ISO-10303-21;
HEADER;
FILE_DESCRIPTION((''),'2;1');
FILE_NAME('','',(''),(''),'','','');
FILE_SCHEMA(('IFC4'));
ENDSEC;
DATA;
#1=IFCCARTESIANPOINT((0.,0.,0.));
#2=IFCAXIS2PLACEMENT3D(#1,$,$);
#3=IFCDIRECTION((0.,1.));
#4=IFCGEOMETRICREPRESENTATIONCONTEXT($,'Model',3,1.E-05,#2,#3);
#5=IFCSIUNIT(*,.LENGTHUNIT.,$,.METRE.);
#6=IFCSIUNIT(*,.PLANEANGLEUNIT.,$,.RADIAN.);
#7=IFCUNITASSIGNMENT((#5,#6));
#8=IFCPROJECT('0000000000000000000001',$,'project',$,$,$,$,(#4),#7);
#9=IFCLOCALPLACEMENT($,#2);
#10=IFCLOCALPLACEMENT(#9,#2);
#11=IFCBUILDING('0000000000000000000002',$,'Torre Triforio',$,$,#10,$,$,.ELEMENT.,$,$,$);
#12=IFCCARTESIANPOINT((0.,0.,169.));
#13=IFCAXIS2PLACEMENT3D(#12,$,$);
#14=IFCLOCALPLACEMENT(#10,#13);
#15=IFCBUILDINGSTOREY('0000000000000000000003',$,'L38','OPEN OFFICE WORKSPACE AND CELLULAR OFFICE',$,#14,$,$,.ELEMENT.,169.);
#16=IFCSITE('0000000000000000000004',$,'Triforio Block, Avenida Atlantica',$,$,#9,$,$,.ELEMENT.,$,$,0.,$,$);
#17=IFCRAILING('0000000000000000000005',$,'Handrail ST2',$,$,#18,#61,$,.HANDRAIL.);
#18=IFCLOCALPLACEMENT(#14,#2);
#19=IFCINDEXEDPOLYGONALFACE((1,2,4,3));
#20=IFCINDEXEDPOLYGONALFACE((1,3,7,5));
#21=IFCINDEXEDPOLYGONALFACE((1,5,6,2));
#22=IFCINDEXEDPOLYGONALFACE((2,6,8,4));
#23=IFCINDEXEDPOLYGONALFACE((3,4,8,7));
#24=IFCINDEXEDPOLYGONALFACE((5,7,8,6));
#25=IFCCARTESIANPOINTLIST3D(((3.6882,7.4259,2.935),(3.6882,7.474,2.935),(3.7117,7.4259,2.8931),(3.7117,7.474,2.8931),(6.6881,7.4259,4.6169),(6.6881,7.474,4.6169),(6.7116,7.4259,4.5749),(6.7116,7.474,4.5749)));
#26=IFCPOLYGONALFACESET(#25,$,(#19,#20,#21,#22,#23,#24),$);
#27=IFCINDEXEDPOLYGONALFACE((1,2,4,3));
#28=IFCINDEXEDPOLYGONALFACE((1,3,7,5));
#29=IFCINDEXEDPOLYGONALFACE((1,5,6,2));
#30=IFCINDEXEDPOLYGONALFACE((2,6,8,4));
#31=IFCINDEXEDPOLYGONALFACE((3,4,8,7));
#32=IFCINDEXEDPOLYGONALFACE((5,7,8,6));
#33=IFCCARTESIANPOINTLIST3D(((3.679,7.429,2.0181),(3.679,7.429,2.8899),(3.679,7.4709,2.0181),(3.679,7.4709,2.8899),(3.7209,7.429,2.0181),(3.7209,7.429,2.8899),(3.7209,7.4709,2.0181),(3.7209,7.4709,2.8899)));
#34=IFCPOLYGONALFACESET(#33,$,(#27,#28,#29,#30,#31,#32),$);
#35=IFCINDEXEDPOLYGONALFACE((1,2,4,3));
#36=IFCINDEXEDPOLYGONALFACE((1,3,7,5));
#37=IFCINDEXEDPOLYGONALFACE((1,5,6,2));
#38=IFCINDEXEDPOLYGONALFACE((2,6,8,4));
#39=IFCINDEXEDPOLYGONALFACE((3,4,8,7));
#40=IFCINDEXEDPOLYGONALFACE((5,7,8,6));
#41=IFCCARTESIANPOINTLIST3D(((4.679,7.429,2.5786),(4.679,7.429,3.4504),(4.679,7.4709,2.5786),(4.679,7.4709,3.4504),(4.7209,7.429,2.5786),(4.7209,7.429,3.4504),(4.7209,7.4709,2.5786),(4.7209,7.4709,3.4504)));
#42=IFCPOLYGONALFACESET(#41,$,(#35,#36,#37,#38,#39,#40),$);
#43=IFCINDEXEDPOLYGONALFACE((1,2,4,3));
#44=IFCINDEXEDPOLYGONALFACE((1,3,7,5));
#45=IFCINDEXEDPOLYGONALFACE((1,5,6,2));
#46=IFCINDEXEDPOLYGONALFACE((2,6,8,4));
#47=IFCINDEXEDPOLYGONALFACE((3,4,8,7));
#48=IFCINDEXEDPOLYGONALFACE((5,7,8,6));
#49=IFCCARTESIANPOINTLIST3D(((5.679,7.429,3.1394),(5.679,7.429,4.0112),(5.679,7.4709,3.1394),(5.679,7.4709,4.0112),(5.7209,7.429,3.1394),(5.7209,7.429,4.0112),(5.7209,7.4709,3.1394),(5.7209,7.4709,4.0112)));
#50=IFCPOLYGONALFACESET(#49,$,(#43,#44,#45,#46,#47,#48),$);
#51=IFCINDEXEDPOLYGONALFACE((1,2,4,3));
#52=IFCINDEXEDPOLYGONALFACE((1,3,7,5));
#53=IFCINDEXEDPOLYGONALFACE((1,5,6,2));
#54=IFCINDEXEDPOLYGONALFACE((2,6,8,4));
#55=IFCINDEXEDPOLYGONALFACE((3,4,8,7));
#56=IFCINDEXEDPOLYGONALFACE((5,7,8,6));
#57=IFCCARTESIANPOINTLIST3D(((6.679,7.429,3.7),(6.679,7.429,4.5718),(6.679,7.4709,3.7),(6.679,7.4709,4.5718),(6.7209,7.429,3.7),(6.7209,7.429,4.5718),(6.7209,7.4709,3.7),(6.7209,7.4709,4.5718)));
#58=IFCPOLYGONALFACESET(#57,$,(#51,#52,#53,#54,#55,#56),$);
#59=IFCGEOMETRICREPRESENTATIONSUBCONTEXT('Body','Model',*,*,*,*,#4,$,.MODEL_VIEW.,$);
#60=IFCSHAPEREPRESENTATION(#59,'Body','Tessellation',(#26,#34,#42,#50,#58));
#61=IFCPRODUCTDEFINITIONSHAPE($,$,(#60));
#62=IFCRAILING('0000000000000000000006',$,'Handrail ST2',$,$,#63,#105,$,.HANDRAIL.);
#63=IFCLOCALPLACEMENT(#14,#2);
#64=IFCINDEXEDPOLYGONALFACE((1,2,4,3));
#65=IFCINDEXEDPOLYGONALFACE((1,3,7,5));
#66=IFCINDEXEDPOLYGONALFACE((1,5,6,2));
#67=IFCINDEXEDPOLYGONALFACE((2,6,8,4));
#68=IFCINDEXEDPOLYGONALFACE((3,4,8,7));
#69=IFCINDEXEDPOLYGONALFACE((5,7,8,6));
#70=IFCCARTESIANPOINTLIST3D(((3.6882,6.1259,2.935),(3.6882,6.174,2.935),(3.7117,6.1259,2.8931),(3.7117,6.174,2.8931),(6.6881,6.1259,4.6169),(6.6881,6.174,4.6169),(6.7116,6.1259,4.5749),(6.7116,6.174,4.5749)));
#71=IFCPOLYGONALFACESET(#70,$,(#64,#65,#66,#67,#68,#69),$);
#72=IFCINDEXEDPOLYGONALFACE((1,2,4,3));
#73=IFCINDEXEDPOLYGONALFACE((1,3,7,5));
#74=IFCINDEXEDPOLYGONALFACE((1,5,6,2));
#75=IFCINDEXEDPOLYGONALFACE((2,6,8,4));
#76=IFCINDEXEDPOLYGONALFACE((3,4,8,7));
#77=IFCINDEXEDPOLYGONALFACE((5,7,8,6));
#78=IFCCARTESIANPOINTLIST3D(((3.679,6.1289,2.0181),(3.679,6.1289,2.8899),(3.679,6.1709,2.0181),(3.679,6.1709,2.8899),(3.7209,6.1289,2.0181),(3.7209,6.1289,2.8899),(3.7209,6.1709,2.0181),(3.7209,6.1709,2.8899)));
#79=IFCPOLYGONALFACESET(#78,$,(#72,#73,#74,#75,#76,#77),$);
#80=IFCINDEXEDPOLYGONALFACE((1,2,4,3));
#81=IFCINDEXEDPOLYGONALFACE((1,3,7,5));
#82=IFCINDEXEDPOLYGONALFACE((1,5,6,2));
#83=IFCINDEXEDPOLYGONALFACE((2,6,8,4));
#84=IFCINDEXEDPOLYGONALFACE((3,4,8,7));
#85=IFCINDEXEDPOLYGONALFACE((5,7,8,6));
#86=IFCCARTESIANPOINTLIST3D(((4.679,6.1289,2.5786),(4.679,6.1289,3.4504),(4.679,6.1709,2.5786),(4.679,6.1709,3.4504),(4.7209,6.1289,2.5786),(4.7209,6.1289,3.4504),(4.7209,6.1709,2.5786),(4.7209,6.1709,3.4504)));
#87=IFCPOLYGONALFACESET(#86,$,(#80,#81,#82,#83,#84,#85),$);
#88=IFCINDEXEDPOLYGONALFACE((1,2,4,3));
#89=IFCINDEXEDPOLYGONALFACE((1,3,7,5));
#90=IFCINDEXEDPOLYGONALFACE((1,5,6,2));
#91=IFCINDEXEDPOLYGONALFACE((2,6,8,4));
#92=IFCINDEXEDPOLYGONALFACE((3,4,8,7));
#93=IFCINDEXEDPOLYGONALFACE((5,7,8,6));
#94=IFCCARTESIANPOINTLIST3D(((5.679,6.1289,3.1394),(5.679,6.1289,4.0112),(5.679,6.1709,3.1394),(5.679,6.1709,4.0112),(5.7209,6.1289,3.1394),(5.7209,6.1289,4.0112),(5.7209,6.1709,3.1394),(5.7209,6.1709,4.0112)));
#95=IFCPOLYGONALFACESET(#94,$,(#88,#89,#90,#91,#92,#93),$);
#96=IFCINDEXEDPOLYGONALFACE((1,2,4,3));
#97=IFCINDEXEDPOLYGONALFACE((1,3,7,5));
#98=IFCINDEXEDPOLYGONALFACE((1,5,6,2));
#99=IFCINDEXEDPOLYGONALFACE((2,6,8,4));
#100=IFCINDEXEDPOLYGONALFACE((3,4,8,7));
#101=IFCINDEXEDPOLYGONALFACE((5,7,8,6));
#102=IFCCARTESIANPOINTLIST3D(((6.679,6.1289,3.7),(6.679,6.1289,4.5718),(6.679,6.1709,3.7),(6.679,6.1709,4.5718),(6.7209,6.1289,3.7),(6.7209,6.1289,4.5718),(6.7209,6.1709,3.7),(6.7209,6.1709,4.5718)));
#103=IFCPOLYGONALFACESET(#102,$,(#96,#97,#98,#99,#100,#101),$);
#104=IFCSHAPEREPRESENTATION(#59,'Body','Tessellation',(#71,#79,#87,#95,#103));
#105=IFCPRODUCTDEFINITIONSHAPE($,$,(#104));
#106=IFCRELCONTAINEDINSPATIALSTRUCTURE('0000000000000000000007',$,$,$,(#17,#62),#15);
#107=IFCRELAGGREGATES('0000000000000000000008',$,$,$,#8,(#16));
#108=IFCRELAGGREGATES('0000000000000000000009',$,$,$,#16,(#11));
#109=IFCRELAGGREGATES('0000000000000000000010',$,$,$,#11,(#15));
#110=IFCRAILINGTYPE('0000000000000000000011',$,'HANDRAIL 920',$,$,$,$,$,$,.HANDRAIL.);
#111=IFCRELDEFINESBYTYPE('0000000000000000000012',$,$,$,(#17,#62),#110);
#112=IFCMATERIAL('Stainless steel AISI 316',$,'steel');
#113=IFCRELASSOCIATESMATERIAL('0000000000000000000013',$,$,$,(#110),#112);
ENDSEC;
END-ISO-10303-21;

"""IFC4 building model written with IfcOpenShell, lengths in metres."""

from ifc_helpers import new_model, si_unit, direction, frame, origin, origin_2d, place, context, subcontext, project, spatial, rectangle, extrude, material, type_object, element, save


model = new_model("IFC4")

# Units and contexts
model_context = context("Model", 3, precision=1e-05, world=origin(), true_north=direction((0.0, 1.0)))
body_context = subcontext(model_context, "Body", "Model", "MODEL_VIEW")
ifc_project = project(units=[si_unit("LENGTHUNIT", "METRE"), si_unit("PLANEANGLEUNIT", "RADIAN")], contexts=[model_context])

# Site, building, storey
site_placement = place(None, origin())
site = spatial("IfcSite", under=ifc_project, at=site_placement, Name="Triforio Block, Avenida Atlantica", CompositionType="ELEMENT", RefElevation=0.0)
building_placement = place(site_placement, origin())
building = spatial("IfcBuilding", under=site, at=building_placement, Name="Torre Triforio", CompositionType="ELEMENT")
storey_placement = place(building_placement, frame((0.0, 0.0, 169.0)))
storey = spatial("IfcBuildingStorey", under=building, at=storey_placement, Name="L38", Description="OPEN OFFICE WORKSPACE AND CELLULAR OFFICE", CompositionType="ELEMENT", Elevation=169.0)

# Railings
ifc_material_1 = material(Name="Stainless steel AISI 316", Category="steel")
railing_type = type_object("IfcRailingType", Name="HANDRAIL 920", PredefinedType="HANDRAIL", material=ifc_material_1)
for number, where, name in (
    (1, (3.7, 7.45, 2.0181), "Handrail ST2"),
    (2, (3.7, 6.1499, 2.0181), "Handrail ST2"),
):
    element("IfcRailing", number, at=place(storey_placement, frame(where)), inside=storey, type_object=railing_type, Name=name, PredefinedType="HANDRAIL", context=body_context, shape_type="SweptSolid", body=[
        extrude(rectangle(XDim=0.0481, YDim=0.0481, at=origin_2d()), frame((0.0, 0.0, 0.896), z_axis=(0.872272, 0.0, 0.48902), x_axis=(0.0, 1.0, 0.0)), (0.0, 0.0, 1.0), 3.4392),
        extrude(rectangle(XDim=0.042, YDim=0.042, at=origin_2d()), origin(), (0.0, 0.0, 1.0), 0.8718),
        extrude(rectangle(XDim=0.042, YDim=0.042, at=origin_2d()), frame((1.0, 0.0, 0.5605)), (0.0, 0.0, 1.0), 0.8718),
        extrude(rectangle(XDim=0.042, YDim=0.042, at=origin_2d()), frame((2.0, 0.0, 1.1213)), (0.0, 0.0, 1.0), 0.8718),
        extrude(rectangle(XDim=0.042, YDim=0.042, at=origin_2d()), frame((3.0, 0.0, 1.6819)), (0.0, 0.0, 1.0), 0.8718),
    ])

save(model, "model.ifc")
